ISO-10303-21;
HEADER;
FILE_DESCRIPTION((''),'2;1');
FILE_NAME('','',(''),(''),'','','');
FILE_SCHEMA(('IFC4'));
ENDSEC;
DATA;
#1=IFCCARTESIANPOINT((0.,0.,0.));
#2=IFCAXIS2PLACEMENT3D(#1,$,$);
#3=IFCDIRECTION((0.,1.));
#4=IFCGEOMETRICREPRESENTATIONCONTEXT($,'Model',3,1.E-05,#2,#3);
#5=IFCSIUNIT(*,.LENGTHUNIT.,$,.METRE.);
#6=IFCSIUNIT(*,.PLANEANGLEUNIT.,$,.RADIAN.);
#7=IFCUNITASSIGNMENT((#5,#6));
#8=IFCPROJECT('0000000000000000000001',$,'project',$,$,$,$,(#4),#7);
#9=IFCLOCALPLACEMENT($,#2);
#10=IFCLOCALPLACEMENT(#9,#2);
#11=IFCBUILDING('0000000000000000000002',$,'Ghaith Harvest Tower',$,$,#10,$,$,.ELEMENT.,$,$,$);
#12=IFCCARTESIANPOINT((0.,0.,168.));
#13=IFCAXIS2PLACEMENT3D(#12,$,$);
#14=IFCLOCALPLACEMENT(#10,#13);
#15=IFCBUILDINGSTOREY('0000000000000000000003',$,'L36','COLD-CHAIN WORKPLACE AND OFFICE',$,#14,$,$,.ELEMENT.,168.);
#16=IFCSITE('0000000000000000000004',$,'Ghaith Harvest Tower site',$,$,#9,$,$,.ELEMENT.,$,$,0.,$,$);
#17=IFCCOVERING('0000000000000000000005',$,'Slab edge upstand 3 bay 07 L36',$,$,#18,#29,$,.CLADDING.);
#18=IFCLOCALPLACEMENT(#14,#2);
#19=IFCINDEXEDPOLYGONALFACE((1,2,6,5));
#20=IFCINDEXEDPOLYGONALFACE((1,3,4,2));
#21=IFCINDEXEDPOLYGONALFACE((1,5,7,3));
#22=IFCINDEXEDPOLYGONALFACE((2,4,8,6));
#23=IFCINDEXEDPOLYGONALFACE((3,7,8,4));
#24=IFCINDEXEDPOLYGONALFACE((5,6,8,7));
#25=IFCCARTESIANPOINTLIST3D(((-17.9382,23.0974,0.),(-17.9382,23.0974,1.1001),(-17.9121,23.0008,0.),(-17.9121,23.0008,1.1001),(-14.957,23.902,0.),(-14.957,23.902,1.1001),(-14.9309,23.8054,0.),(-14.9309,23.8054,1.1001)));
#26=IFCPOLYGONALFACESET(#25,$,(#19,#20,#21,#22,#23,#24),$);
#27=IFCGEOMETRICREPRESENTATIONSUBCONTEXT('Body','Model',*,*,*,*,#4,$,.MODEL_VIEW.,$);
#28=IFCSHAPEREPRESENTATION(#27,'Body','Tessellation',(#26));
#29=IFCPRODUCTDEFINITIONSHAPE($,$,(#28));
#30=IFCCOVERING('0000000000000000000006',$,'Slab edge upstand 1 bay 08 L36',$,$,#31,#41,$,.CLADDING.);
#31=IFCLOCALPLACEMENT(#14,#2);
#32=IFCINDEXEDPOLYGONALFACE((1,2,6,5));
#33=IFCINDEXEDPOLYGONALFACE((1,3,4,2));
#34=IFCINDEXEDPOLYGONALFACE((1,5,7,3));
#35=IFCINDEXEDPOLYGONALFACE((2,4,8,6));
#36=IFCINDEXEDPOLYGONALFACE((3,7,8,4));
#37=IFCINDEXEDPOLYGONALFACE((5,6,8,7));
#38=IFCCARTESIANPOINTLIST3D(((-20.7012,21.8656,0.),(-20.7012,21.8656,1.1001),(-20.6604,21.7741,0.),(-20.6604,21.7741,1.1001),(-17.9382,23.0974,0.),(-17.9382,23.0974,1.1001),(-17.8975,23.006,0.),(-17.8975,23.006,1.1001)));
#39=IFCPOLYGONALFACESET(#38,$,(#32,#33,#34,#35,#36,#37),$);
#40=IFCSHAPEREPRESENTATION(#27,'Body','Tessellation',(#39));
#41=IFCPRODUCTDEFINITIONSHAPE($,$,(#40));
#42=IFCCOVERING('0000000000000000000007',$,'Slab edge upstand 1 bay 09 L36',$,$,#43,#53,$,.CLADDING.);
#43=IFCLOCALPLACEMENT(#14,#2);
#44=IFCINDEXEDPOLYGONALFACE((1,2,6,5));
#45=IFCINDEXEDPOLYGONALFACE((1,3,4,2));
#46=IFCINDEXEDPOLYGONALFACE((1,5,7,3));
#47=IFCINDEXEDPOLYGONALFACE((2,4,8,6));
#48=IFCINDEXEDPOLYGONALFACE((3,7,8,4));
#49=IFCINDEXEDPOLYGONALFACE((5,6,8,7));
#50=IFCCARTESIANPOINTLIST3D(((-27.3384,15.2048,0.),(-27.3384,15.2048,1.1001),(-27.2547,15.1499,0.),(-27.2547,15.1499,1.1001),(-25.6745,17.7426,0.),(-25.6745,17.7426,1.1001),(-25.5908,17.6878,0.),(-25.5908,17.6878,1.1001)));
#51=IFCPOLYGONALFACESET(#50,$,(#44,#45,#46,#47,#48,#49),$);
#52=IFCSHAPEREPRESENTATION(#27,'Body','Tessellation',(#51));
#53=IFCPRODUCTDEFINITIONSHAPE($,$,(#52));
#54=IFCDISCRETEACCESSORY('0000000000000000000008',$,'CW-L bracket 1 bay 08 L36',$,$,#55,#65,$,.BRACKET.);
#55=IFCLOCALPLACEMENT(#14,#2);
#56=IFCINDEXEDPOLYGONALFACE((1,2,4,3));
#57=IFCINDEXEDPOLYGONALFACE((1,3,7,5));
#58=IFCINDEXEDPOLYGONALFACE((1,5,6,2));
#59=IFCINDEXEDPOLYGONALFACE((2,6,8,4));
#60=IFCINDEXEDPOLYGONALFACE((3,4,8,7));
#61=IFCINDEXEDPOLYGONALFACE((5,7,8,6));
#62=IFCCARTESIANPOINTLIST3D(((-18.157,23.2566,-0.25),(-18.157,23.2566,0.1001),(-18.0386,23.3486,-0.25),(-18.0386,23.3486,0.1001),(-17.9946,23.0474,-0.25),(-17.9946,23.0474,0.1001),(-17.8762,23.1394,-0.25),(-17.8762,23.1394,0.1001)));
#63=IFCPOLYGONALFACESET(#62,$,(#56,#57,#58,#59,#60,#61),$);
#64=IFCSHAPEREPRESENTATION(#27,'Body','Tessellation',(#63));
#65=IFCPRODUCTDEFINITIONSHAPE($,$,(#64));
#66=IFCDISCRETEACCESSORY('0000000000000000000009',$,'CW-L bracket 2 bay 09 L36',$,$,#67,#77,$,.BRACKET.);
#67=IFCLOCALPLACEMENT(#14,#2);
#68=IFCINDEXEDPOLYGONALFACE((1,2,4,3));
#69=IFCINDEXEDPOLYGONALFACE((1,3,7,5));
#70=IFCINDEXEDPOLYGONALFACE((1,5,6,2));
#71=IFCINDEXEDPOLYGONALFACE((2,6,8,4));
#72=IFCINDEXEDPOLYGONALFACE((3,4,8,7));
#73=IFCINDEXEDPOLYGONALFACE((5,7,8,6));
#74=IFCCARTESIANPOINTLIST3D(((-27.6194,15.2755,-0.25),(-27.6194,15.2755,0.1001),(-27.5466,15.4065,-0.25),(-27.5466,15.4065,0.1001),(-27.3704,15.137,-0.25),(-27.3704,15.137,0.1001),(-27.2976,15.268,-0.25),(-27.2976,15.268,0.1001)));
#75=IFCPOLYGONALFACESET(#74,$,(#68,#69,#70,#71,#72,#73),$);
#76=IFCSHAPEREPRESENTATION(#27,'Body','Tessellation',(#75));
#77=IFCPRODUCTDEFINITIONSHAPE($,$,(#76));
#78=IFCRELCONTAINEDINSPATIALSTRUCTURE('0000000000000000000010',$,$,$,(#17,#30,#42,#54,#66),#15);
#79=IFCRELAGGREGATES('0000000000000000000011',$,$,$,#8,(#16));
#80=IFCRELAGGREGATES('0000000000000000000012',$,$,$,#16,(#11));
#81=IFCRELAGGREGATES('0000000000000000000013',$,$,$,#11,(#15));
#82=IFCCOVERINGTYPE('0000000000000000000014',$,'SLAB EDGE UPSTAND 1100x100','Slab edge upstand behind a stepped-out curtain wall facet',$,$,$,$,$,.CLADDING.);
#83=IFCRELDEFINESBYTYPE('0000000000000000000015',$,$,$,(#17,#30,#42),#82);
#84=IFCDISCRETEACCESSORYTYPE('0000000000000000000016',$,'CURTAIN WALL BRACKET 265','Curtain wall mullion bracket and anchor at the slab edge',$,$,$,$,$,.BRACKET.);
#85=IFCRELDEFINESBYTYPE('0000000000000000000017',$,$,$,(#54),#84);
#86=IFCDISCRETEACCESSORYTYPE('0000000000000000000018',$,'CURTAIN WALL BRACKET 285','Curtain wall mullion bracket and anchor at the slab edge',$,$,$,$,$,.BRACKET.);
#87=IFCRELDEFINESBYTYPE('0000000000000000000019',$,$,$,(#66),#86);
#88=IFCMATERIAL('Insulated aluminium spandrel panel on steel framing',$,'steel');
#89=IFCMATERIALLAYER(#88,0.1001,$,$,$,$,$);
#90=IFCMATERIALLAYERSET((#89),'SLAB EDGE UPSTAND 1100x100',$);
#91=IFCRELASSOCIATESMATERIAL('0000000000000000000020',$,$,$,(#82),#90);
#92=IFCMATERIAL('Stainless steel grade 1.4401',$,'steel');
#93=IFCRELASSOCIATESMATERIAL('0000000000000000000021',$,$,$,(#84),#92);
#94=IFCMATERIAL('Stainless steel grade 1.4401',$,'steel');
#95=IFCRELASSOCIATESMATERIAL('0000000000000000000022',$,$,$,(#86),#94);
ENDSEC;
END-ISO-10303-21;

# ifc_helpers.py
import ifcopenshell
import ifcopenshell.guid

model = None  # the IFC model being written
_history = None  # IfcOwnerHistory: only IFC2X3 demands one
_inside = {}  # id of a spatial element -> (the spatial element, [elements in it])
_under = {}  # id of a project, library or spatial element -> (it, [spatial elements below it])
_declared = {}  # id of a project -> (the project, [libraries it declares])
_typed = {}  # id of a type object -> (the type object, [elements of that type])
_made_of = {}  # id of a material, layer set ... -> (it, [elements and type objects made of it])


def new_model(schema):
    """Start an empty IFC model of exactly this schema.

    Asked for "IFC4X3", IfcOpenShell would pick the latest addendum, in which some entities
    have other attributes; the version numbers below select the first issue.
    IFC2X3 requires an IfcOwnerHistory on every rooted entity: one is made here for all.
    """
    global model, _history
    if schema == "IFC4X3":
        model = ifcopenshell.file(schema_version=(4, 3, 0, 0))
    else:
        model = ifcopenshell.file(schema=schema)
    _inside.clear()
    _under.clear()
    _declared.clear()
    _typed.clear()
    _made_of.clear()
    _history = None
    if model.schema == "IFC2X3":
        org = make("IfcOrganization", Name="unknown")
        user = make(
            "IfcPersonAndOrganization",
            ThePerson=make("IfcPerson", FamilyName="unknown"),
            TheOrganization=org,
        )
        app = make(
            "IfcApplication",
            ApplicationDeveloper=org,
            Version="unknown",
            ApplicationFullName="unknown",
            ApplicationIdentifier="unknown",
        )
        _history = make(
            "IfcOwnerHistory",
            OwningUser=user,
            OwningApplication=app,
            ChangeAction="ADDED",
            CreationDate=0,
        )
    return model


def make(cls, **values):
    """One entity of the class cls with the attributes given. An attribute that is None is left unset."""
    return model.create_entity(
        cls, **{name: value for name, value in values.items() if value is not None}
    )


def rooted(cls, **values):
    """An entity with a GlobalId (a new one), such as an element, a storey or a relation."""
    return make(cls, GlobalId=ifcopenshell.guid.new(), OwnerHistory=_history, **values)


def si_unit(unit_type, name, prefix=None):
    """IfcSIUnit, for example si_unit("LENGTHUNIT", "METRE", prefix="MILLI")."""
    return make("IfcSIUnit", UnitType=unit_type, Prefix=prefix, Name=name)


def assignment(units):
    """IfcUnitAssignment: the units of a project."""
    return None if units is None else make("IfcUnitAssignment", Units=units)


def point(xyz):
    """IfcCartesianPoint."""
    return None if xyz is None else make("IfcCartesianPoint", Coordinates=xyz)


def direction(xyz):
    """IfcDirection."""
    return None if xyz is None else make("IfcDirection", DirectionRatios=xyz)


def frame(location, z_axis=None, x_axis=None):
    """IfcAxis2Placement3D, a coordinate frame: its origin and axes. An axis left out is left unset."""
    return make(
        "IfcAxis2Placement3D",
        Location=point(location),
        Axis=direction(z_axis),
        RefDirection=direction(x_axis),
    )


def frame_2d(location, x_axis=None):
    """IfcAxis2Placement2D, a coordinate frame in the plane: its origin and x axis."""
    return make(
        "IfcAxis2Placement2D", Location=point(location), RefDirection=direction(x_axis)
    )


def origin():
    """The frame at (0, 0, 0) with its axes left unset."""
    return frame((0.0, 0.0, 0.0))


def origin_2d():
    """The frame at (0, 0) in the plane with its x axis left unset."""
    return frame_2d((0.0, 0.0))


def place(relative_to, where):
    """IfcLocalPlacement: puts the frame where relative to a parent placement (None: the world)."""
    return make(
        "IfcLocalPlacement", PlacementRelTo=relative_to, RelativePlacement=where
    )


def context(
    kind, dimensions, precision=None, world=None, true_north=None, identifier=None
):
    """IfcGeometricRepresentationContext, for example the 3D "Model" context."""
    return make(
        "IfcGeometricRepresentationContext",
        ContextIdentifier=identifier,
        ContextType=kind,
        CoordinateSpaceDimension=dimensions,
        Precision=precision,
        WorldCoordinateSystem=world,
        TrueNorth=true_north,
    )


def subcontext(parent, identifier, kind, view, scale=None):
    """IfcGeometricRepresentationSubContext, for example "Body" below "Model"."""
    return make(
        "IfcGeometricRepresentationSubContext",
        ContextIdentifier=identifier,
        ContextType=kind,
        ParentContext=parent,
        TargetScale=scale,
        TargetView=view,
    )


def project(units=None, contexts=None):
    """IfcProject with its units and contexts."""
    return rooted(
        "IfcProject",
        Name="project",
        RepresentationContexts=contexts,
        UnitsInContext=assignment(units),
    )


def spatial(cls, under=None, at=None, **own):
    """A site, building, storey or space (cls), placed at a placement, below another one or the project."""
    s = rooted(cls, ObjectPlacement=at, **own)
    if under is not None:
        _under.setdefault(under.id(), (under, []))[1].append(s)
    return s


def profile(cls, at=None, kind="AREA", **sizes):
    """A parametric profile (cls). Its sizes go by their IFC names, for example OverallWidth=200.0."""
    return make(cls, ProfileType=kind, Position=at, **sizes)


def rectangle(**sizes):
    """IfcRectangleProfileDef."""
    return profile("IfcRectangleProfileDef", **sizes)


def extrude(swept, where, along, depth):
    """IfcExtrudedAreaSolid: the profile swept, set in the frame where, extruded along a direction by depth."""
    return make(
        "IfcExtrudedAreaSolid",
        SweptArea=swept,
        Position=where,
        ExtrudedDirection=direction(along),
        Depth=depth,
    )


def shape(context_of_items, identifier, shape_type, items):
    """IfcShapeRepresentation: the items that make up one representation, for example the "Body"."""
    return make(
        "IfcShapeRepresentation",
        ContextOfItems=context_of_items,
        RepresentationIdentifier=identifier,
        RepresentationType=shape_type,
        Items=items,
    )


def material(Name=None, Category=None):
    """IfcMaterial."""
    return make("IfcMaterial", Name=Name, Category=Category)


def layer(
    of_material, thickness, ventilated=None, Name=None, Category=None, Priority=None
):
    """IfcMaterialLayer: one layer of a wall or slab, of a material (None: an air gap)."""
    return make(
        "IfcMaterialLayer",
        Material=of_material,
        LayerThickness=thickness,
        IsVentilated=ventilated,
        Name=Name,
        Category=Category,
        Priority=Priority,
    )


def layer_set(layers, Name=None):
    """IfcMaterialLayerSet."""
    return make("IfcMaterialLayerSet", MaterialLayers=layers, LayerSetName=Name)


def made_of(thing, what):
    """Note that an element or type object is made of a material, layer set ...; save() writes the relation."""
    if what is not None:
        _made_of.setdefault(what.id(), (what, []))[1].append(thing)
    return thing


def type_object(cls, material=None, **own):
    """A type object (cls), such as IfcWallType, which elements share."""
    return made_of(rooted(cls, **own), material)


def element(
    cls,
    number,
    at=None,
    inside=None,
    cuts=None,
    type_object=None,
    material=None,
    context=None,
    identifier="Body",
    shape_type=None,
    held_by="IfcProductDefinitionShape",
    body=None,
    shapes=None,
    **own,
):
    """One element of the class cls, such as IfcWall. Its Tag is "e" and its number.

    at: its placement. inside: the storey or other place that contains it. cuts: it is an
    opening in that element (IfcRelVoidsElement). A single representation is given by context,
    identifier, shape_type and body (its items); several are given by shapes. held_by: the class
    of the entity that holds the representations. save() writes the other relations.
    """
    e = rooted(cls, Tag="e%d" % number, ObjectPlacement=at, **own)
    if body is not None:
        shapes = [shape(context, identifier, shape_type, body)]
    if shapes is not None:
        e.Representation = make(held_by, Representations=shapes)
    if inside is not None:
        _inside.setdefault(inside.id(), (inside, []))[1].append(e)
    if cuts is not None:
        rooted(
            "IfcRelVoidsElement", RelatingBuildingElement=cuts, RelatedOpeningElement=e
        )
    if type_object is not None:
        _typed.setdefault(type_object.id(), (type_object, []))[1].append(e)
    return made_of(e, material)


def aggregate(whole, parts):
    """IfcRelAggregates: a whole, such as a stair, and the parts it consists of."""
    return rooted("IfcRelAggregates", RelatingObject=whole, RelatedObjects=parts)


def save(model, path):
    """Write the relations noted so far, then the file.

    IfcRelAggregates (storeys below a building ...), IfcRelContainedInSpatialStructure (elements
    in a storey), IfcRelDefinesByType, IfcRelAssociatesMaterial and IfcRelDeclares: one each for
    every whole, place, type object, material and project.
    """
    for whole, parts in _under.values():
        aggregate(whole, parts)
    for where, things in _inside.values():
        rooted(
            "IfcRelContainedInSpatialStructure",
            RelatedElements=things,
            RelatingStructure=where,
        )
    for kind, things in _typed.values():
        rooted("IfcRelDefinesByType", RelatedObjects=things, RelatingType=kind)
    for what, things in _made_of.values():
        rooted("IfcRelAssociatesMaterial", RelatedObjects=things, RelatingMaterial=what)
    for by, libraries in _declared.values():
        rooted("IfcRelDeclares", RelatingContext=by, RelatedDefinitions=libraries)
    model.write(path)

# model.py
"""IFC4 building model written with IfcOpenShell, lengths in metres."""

from ifc_helpers import new_model, si_unit, direction, frame, origin, origin_2d, place, context, subcontext, project, spatial, rectangle, extrude, material, layer, layer_set, type_object, element, save


model = new_model("IFC4")

# Units and contexts
model_context = context("Model", 3, precision=1e-05, world=origin(), true_north=direction((0.0, 1.0)))
body_context = subcontext(model_context, "Body", "Model", "MODEL_VIEW")
ifc_project = project(units=[si_unit("LENGTHUNIT", "METRE"), si_unit("PLANEANGLEUNIT", "RADIAN")], contexts=[model_context])

# Site, building, storey
site_placement = place(None, origin())
site = spatial("IfcSite", under=ifc_project, at=site_placement, Name="Ghaith Harvest Tower site", CompositionType="ELEMENT", RefElevation=0.0)
building_placement = place(site_placement, origin())
building = spatial("IfcBuilding", under=site, at=building_placement, Name="Ghaith Harvest Tower", CompositionType="ELEMENT")
storey_placement = place(building_placement, frame((0.0, 0.0, 168.0)))
storey = spatial("IfcBuildingStorey", under=building, at=storey_placement, Name="L36", Description="COLD-CHAIN WORKPLACE AND OFFICE", CompositionType="ELEMENT", Elevation=168.0)

# Coverings
ifc_material_1 = material(Name="Insulated aluminium spandrel panel on steel framing", Category="steel")
ifc_layer_1 = layer(ifc_material_1, 0.1001)
ifc_layer_set_1 = layer_set([ifc_layer_1], Name="SLAB EDGE UPSTAND 1100x100")
covering_type = type_object("IfcCoveringType", Name="SLAB EDGE UPSTAND 1100x100", Description="Slab edge upstand behind a stepped-out curtain wall facet", PredefinedType="CLADDING", material=ifc_layer_set_1)
covering_1_placement = place(storey_placement, frame((-16.4346, 23.4514, 0.0), z_axis=(0.0, 0.0, 1.0), x_axis=(-0.965455, -0.26057, 0.0)))
element("IfcCovering", 1, at=covering_1_placement, inside=storey, type_object=covering_type, Name="Slab edge upstand 3 bay 07 L36", PredefinedType="CLADDING", context=body_context, shape_type="SweptSolid", body=[
    extrude(rectangle(XDim=3.0879, YDim=0.1001, at=origin_2d()), origin(), (0.0, 0.0, 1.0), 1.1001),
])
covering_2_placement = place(storey_placement, frame((-19.2993, 22.4358, 0.0), z_axis=(0.0, 0.0, 1.0), x_axis=(-0.913335, -0.40721, 0.0)))
element("IfcCovering", 2, at=covering_2_placement, inside=storey, type_object=covering_type, Name="Slab edge upstand 1 bay 08 L36", PredefinedType="CLADDING", context=body_context, shape_type="SweptSolid", body=[
    extrude(rectangle(XDim=3.0251, YDim=0.1001, at=origin_2d()), origin(), (0.0, 0.0, 1.0), 1.1001),
])
covering_3_placement = place(storey_placement, frame((-26.4646, 16.4463, 0.0), z_axis=(0.0, 0.0, 1.0), x_axis=(-0.548312, -0.836274, 0.0)))
element("IfcCovering", 3, at=covering_3_placement, inside=storey, type_object=covering_type, Name="Slab edge upstand 1 bay 09 L36", PredefinedType="CLADDING", context=body_context, shape_type="SweptSolid", body=[
    extrude(rectangle(XDim=3.0347, YDim=0.1001, at=origin_2d()), origin(), (0.0, 0.0, 1.0), 1.1001),
])

# Discrete accessories
ifc_material_2 = material(Name="Stainless steel grade 1.4401", Category="steel")
discrete_accessory_type_1 = type_object("IfcDiscreteAccessoryType", Name="CURTAIN WALL BRACKET 265", Description="Curtain wall mullion bracket and anchor at the slab edge", PredefinedType="BRACKET", material=ifc_material_2)
discrete_accessory_1_placement = place(storey_placement, frame((-18.0166, 23.198, -0.25), z_axis=(0.0, 0.0, 1.0), x_axis=(-0.613378, 0.78979, 0.0)))
element("IfcDiscreteAccessory", 4, at=discrete_accessory_1_placement, inside=storey, type_object=discrete_accessory_type_1, Name="CW-L bracket 1 bay 08 L36", PredefinedType="BRACKET", context=body_context, shape_type="SweptSolid", body=[
    extrude(rectangle(XDim=0.2649, YDim=0.1499, at=origin_2d()), origin(), (0.0, 0.0, 1.0), 0.3501),
])
ifc_material_3 = material(Name="Stainless steel grade 1.4401", Category="steel")
discrete_accessory_type_2 = type_object("IfcDiscreteAccessoryType", Name="CURTAIN WALL BRACKET 285", Description="Curtain wall mullion bracket and anchor at the slab edge", PredefinedType="BRACKET", material=ifc_material_3)
discrete_accessory_2_placement = place(storey_placement, frame((-27.4585, 15.2717, -0.25), z_axis=(0.0, 0.0, 1.0), x_axis=(-0.873927, 0.486057, 0.0)))
element("IfcDiscreteAccessory", 5, at=discrete_accessory_2_placement, inside=storey, type_object=discrete_accessory_type_2, Name="CW-L bracket 2 bay 09 L36", PredefinedType="BRACKET", context=body_context, shape_type="SweptSolid", body=[
    extrude(rectangle(XDim=0.2849, YDim=0.1499, at=origin_2d()), origin(), (0.0, 0.0, 1.0), 0.3501),
])

save(model, "model.ifc")
